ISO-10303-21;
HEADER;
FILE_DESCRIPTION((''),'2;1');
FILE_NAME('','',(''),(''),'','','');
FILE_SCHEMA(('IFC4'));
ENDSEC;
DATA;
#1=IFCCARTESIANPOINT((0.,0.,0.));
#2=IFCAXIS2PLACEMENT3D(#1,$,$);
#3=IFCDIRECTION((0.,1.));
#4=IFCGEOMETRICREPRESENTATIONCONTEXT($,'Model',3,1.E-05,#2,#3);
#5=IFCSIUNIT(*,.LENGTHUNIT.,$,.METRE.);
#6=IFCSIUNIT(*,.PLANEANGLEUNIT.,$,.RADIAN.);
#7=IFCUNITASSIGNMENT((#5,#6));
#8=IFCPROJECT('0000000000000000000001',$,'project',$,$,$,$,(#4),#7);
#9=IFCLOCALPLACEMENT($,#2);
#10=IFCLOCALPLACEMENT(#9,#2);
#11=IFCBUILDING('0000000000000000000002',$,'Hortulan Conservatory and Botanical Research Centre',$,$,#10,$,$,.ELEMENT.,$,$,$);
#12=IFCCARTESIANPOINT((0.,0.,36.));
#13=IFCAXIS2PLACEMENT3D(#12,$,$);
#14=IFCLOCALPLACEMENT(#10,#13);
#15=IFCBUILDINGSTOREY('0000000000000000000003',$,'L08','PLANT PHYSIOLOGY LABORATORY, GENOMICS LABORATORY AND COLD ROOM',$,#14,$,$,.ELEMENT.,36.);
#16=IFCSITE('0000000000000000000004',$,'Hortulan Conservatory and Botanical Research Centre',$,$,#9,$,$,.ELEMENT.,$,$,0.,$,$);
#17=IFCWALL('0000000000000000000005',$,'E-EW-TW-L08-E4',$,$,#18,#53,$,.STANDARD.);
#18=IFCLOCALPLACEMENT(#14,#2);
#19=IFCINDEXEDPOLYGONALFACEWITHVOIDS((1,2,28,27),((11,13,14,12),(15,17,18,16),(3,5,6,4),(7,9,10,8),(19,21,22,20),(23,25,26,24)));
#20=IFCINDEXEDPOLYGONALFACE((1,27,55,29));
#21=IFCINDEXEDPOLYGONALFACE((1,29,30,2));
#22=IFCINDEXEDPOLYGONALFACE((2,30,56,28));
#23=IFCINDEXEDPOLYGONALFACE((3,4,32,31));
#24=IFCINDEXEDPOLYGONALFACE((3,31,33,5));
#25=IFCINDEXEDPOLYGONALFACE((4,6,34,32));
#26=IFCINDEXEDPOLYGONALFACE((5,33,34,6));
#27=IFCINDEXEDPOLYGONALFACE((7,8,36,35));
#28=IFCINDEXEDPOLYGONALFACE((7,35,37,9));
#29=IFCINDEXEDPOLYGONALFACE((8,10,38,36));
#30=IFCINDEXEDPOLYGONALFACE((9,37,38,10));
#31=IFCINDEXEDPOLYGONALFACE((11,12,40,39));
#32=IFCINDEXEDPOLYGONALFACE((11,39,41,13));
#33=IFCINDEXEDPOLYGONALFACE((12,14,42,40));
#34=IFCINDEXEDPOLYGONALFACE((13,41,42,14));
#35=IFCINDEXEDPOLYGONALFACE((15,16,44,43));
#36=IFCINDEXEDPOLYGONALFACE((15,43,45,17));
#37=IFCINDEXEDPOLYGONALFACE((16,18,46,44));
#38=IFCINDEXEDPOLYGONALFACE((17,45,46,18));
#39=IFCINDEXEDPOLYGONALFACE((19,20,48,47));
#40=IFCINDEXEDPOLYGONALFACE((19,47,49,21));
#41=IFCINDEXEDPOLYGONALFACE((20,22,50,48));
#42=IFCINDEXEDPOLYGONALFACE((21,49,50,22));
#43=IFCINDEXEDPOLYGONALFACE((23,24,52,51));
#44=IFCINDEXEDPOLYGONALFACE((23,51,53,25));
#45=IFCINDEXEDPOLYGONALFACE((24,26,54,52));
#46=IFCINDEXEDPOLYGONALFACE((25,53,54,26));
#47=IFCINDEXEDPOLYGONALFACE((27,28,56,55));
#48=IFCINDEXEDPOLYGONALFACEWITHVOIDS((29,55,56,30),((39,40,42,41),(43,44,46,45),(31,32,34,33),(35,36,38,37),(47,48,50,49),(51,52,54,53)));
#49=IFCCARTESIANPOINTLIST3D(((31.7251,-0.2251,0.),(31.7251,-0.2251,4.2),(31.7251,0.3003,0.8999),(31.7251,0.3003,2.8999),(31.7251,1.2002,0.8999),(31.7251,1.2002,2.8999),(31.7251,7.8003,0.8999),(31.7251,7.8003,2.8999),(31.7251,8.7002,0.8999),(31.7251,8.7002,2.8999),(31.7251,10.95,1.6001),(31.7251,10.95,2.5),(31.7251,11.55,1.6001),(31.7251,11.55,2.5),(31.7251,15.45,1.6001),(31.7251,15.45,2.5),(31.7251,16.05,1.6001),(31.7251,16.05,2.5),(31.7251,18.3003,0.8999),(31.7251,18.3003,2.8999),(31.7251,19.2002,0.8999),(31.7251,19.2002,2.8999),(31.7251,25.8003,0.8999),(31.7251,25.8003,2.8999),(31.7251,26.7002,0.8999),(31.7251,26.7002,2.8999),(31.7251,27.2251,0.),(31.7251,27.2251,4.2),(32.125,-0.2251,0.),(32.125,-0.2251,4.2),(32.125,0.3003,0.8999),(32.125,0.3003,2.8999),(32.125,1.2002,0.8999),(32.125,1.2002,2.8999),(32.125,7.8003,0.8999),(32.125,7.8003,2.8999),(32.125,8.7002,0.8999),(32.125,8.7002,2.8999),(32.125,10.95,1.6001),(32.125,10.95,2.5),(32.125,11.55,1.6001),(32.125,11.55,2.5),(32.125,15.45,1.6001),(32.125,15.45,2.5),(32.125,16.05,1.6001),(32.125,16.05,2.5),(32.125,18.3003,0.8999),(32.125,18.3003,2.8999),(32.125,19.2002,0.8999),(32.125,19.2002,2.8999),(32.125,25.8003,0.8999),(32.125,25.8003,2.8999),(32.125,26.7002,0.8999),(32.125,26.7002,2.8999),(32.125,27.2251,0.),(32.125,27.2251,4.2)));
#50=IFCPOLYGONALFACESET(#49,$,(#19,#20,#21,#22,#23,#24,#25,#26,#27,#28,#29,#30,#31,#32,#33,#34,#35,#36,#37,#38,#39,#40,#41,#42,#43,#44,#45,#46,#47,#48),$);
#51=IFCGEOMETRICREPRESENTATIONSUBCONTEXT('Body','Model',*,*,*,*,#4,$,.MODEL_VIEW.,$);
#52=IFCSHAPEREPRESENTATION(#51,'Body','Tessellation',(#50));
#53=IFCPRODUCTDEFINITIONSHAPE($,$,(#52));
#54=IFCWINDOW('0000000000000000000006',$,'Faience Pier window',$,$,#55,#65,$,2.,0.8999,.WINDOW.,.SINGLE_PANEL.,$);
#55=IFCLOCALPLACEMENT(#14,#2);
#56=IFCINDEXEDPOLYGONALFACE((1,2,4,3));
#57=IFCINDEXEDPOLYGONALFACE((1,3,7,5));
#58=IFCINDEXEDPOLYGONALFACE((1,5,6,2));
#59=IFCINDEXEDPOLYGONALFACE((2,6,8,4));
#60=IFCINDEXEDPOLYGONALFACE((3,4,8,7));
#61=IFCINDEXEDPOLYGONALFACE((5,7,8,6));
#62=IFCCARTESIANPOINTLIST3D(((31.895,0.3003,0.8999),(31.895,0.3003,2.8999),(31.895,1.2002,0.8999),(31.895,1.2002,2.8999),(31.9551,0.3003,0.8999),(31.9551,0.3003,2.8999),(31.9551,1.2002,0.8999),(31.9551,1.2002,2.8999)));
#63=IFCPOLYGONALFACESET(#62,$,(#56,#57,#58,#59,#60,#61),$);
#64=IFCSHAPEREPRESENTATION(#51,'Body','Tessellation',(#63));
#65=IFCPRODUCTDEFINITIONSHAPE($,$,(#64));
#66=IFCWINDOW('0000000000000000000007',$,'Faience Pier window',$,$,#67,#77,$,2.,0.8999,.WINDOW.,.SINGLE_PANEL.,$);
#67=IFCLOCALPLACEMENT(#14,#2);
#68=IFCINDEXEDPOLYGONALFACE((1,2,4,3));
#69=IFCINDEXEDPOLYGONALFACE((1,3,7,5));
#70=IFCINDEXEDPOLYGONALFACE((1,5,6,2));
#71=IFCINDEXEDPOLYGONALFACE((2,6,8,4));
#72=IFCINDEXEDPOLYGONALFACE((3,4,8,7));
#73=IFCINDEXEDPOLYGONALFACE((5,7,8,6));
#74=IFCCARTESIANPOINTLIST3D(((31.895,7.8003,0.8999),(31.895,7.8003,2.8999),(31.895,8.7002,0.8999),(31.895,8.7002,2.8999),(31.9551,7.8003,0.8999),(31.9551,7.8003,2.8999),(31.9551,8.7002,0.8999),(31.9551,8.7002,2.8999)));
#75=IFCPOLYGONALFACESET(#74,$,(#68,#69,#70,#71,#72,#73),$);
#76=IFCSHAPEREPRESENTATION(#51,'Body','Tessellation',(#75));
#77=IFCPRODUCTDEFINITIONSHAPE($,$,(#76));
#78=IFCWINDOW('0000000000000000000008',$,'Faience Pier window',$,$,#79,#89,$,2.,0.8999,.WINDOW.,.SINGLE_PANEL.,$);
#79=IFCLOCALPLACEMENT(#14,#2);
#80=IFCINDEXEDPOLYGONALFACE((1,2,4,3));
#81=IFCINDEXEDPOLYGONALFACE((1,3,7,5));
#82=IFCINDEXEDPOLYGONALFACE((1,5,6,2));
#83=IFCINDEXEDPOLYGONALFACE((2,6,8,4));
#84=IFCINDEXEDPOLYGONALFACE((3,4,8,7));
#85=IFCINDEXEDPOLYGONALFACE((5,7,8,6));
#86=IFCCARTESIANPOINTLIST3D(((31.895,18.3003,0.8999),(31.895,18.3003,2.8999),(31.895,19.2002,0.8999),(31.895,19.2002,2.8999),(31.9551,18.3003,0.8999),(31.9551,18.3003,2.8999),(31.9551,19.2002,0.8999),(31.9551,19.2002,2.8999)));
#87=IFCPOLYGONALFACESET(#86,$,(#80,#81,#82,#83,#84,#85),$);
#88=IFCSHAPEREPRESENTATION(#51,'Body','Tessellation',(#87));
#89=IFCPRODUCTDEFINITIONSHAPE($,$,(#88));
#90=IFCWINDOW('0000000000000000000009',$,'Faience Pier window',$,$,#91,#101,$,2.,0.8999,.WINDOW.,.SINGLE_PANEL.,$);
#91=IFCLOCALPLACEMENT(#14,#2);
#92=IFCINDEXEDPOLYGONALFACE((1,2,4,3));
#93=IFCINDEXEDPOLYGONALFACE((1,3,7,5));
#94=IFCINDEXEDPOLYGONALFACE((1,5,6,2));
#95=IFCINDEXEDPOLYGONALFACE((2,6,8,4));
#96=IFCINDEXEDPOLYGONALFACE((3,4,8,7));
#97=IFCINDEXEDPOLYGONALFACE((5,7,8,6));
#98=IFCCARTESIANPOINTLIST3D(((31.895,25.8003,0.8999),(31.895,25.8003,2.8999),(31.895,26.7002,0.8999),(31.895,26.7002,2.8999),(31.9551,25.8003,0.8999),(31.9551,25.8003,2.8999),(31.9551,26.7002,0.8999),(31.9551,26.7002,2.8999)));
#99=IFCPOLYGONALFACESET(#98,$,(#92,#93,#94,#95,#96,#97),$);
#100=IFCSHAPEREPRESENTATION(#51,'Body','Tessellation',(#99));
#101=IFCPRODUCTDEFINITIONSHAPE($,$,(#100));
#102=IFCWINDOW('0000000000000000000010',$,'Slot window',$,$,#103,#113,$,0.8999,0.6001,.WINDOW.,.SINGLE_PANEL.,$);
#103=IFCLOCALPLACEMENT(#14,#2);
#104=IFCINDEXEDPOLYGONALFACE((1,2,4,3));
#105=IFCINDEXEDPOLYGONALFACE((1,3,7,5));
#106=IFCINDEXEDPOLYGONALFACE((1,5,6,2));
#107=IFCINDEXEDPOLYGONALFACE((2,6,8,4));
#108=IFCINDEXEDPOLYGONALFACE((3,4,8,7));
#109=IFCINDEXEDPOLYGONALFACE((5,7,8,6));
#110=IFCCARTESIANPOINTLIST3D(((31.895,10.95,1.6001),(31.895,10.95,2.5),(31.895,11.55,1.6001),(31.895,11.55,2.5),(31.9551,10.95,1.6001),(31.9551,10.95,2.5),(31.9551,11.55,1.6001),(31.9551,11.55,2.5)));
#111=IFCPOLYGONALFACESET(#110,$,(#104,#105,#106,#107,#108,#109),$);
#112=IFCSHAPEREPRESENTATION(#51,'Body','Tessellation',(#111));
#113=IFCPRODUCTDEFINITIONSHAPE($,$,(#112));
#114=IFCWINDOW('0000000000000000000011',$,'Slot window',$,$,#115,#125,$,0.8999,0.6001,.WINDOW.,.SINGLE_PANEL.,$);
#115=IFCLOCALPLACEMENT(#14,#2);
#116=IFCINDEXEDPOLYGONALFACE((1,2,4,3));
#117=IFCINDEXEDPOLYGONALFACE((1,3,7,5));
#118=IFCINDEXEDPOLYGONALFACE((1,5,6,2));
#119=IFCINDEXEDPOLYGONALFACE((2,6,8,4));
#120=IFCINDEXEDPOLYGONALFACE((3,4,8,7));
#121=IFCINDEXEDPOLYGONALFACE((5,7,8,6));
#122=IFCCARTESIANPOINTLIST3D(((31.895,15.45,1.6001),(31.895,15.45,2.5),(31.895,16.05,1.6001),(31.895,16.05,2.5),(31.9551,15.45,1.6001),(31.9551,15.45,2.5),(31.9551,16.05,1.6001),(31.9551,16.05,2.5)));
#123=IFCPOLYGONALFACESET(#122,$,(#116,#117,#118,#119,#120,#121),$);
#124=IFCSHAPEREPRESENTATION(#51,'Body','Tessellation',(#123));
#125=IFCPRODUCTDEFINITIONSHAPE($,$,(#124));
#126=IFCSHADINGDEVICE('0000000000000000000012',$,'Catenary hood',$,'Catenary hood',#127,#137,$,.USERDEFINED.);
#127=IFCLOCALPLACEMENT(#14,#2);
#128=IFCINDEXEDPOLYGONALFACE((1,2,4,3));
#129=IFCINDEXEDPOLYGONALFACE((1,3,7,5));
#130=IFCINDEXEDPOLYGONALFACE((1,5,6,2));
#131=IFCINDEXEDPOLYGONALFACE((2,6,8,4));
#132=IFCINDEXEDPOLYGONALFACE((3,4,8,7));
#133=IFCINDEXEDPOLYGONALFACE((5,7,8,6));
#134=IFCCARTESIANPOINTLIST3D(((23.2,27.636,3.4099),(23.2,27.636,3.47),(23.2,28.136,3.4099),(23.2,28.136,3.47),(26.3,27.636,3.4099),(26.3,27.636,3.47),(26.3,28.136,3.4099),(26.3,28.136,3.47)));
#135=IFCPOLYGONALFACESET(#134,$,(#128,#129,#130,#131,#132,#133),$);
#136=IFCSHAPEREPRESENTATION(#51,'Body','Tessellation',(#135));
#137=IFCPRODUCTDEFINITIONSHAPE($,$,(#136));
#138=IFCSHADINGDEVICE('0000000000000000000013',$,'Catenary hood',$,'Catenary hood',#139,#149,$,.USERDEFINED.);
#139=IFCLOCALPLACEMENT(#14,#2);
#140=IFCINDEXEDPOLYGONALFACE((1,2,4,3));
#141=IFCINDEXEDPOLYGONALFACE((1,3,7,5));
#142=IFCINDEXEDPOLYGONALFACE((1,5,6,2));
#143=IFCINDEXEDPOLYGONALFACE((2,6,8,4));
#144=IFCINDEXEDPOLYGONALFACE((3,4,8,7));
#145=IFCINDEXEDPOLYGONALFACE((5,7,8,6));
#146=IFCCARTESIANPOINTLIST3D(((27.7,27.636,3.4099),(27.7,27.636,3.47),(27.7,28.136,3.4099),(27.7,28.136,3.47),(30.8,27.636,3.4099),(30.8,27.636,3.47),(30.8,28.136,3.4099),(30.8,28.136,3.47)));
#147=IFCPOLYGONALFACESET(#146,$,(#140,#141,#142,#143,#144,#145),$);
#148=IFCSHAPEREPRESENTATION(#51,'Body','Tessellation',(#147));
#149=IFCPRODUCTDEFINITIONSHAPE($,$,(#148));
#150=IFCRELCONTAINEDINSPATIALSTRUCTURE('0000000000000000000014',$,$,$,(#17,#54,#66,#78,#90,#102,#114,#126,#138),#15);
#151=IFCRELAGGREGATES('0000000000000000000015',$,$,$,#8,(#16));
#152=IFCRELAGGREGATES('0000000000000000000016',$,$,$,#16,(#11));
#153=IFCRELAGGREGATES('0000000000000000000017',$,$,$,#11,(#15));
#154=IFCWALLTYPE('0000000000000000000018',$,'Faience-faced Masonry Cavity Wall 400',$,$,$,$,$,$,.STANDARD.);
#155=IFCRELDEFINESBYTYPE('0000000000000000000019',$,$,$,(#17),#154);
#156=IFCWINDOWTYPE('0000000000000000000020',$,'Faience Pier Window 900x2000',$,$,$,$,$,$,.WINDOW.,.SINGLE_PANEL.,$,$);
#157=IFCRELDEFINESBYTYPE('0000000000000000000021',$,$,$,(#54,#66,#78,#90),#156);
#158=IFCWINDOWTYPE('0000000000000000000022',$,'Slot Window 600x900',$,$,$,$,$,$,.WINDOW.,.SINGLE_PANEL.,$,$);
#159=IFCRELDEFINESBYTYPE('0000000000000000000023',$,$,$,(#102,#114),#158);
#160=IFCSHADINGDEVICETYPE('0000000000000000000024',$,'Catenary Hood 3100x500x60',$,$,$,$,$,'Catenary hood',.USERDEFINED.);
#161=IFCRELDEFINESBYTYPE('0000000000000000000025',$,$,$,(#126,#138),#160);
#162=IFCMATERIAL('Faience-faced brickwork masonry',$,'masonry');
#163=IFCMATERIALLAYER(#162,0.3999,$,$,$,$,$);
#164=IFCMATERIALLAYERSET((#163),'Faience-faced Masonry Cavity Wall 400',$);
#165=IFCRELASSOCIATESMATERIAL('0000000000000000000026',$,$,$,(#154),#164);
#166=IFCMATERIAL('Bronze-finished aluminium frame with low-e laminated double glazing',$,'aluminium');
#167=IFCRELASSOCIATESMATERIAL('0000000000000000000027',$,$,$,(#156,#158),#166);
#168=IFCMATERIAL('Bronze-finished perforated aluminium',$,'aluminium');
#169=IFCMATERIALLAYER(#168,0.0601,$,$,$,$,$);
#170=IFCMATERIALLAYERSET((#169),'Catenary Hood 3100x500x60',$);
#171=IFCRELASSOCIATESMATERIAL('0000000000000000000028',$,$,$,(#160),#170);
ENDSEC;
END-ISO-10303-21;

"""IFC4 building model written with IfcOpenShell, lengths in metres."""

from ifc_helpers import new_model, si_unit, direction, frame, frame_2d, origin, origin_2d, place, context, subcontext, project, spatial, rectangle, extrude, material, layer, layer_set, type_object, element, fill, save


model = new_model("IFC4")

# Units and contexts
model_context = context("Model", 3, precision=1e-05, world=origin(), true_north=direction((0.0, 1.0)))
body_context = subcontext(model_context, "Body", "Model", "MODEL_VIEW")
ifc_project = project(units=[si_unit("LENGTHUNIT", "METRE"), si_unit("PLANEANGLEUNIT", "RADIAN")], contexts=[model_context])

# Site, building, storey
site_placement = place(None, origin())
site = spatial("IfcSite", under=ifc_project, at=site_placement, Name="Hortulan Conservatory and Botanical Research Centre", CompositionType="ELEMENT", RefElevation=0.0)
building_placement = place(site_placement, origin())
building = spatial("IfcBuilding", under=site, at=building_placement, Name="Hortulan Conservatory and Botanical Research Centre", CompositionType="ELEMENT")
storey_placement = place(building_placement, frame((0.0, 0.0, 36.0)))
storey = spatial("IfcBuildingStorey", under=building, at=storey_placement, Name="L08", Description="PLANT PHYSIOLOGY LABORATORY, GENOMICS LABORATORY AND COLD ROOM", CompositionType="ELEMENT", Elevation=36.0)

# Wall, openings, windows
ifc_material_1 = material(Name="Faience-faced brickwork masonry", Category="masonry")
ifc_layer_1 = layer(ifc_material_1, 0.3999)
ifc_layer_set_1 = layer_set([ifc_layer_1], Name="Faience-faced Masonry Cavity Wall 400")
wall_type = type_object("IfcWallType", Name="Faience-faced Masonry Cavity Wall 400", PredefinedType="STANDARD", material=ifc_layer_set_1)
wall_placement = place(storey_placement, frame((31.925, 27.2251, 0.0), z_axis=(0.0, 0.0, 1.0), x_axis=(0.0, -1.0, 0.0)))
wall = element("IfcWall", 1, at=wall_placement, inside=storey, type_object=wall_type, Name="E-EW-TW-L08-E4", PredefinedType="STANDARD", context=body_context, shape_type="SweptSolid", body=[
    extrude(rectangle(XDim=27.4502, YDim=0.3999, at=frame_2d((13.7251, 0.0))), origin(), (0.0, 0.0, 1.0), 4.2),
])
opening_1_placement = place(wall_placement, frame((26.0249, 0.0, 0.8999)))
opening_1 = element("IfcOpeningElement", 2, at=opening_1_placement, cuts=wall, PredefinedType="OPENING", context=body_context, shape_type="SweptSolid", body=[
    extrude(rectangle(XDim=0.8999, YDim=2.0, at=frame_2d((0.45, 1.0))), frame((0.0, 0.21, 0.0), z_axis=(0.0, -1.0, 0.0), x_axis=(1.0, 0.0, 0.0)), (0.0, 0.0, 1.0), 0.4199),
])
opening_2_placement = place(wall_placement, frame((18.5249, 0.0, 0.8999)))
opening_2 = element("IfcOpeningElement", 3, at=opening_2_placement, cuts=wall, PredefinedType="OPENING", context=body_context, shape_type="SweptSolid", body=[
    extrude(rectangle(XDim=0.8999, YDim=2.0, at=frame_2d((0.45, 1.0))), frame((0.0, 0.21, 0.0), z_axis=(0.0, -1.0, 0.0), x_axis=(1.0, 0.0, 0.0)), (0.0, 0.0, 1.0), 0.4199),
])
opening_3_placement = place(wall_placement, frame((15.675, 0.0, 1.6001)))
opening_3 = element("IfcOpeningElement", 4, at=opening_3_placement, cuts=wall, PredefinedType="OPENING", context=body_context, shape_type="SweptSolid", body=[
    extrude(rectangle(XDim=0.6001, YDim=0.8999, at=frame_2d((0.3, 0.45))), frame((0.0, 0.21, 0.0), z_axis=(0.0, -1.0, 0.0), x_axis=(1.0, 0.0, 0.0)), (0.0, 0.0, 1.0), 0.4199),
])
opening_4_placement = place(wall_placement, frame((11.175, 0.0, 1.6001)))
opening_4 = element("IfcOpeningElement", 5, at=opening_4_placement, cuts=wall, PredefinedType="OPENING", context=body_context, shape_type="SweptSolid", body=[
    extrude(rectangle(XDim=0.6001, YDim=0.8999, at=frame_2d((0.3, 0.45))), frame((0.0, 0.21, 0.0), z_axis=(0.0, -1.0, 0.0), x_axis=(1.0, 0.0, 0.0)), (0.0, 0.0, 1.0), 0.4199),
])
opening_5_placement = place(wall_placement, frame((8.0249, 0.0, 0.8999)))
opening_5 = element("IfcOpeningElement", 6, at=opening_5_placement, cuts=wall, PredefinedType="OPENING", context=body_context, shape_type="SweptSolid", body=[
    extrude(rectangle(XDim=0.8999, YDim=2.0, at=frame_2d((0.45, 1.0))), frame((0.0, 0.21, 0.0), z_axis=(0.0, -1.0, 0.0), x_axis=(1.0, 0.0, 0.0)), (0.0, 0.0, 1.0), 0.4199),
])
opening_6_placement = place(wall_placement, frame((0.5249, 0.0, 0.8999)))
opening_6 = element("IfcOpeningElement", 7, at=opening_6_placement, cuts=wall, PredefinedType="OPENING", context=body_context, shape_type="SweptSolid", body=[
    extrude(rectangle(XDim=0.8999, YDim=2.0, at=frame_2d((0.45, 1.0))), frame((0.0, 0.21, 0.0), z_axis=(0.0, -1.0, 0.0), x_axis=(1.0, 0.0, 0.0)), (0.0, 0.0, 1.0), 0.4199),
])
ifc_material_2 = material(Name="Bronze-finished aluminium frame with low-e laminated double glazing", Category="aluminium")
window_type_1 = type_object("IfcWindowType", Name="Faience Pier Window 900x2000", PartitioningType="SINGLE_PANEL", PredefinedType="WINDOW", material=ifc_material_2)
window_1_placement = place(opening_1_placement, origin())
window_1 = element("IfcWindow", 8, at=window_1_placement, inside=storey, type_object=window_type_1, Name="Faience Pier window", OverallHeight=2.0, OverallWidth=0.8999, PartitioningType="SINGLE_PANEL", PredefinedType="WINDOW", context=body_context, shape_type="SweptSolid", body=[
    extrude(rectangle(XDim=0.8999, YDim=2.0, at=frame_2d((0.45, 1.0))), frame((0.0, 0.03, 0.0), z_axis=(0.0, -1.0, 0.0), x_axis=(1.0, 0.0, 0.0)), (0.0, 0.0, 1.0), 0.0601),
])
fill(opening_1, window_1)
window_2_placement = place(opening_2_placement, origin())
window_2 = element("IfcWindow", 9, at=window_2_placement, inside=storey, type_object=window_type_1, Name="Faience Pier window", OverallHeight=2.0, OverallWidth=0.8999, PartitioningType="SINGLE_PANEL", PredefinedType="WINDOW", context=body_context, shape_type="SweptSolid", body=[
    extrude(rectangle(XDim=0.8999, YDim=2.0, at=frame_2d((0.45, 1.0))), frame((0.0, 0.03, 0.0), z_axis=(0.0, -1.0, 0.0), x_axis=(1.0, 0.0, 0.0)), (0.0, 0.0, 1.0), 0.0601),
])
fill(opening_2, window_2)
window_3_placement = place(opening_5_placement, origin())
window_3 = element("IfcWindow", 10, at=window_3_placement, inside=storey, type_object=window_type_1, Name="Faience Pier window", OverallHeight=2.0, OverallWidth=0.8999, PartitioningType="SINGLE_PANEL", PredefinedType="WINDOW", context=body_context, shape_type="SweptSolid", body=[
    extrude(rectangle(XDim=0.8999, YDim=2.0, at=frame_2d((0.45, 1.0))), frame((0.0, 0.03, 0.0), z_axis=(0.0, -1.0, 0.0), x_axis=(1.0, 0.0, 0.0)), (0.0, 0.0, 1.0), 0.0601),
])
fill(opening_5, window_3)
window_4_placement = place(opening_6_placement, origin())
window_4 = element("IfcWindow", 11, at=window_4_placement, inside=storey, type_object=window_type_1, Name="Faience Pier window", OverallHeight=2.0, OverallWidth=0.8999, PartitioningType="SINGLE_PANEL", PredefinedType="WINDOW", context=body_context, shape_type="SweptSolid", body=[
    extrude(rectangle(XDim=0.8999, YDim=2.0, at=frame_2d((0.45, 1.0))), frame((0.0, 0.03, 0.0), z_axis=(0.0, -1.0, 0.0), x_axis=(1.0, 0.0, 0.0)), (0.0, 0.0, 1.0), 0.0601),
])
fill(opening_6, window_4)
window_type_2 = type_object("IfcWindowType", Name="Slot Window 600x900", PartitioningType="SINGLE_PANEL", PredefinedType="WINDOW", material=ifc_material_2)
window_5_placement = place(opening_3_placement, origin())
window_5 = element("IfcWindow", 12, at=window_5_placement, inside=storey, type_object=window_type_2, Name="Slot window", OverallHeight=0.8999, OverallWidth=0.6001, PartitioningType="SINGLE_PANEL", PredefinedType="WINDOW", context=body_context, shape_type="SweptSolid", body=[
    extrude(rectangle(XDim=0.6001, YDim=0.8999, at=frame_2d((0.3, 0.45))), frame((0.0, 0.03, 0.0), z_axis=(0.0, -1.0, 0.0), x_axis=(1.0, 0.0, 0.0)), (0.0, 0.0, 1.0), 0.0601),
])
fill(opening_3, window_5)
window_6_placement = place(opening_4_placement, origin())
window_6 = element("IfcWindow", 13, at=window_6_placement, inside=storey, type_object=window_type_2, Name="Slot window", OverallHeight=0.8999, OverallWidth=0.6001, PartitioningType="SINGLE_PANEL", PredefinedType="WINDOW", context=body_context, shape_type="SweptSolid", body=[
    extrude(rectangle(XDim=0.6001, YDim=0.8999, at=frame_2d((0.3, 0.45))), frame((0.0, 0.03, 0.0), z_axis=(0.0, -1.0, 0.0), x_axis=(1.0, 0.0, 0.0)), (0.0, 0.0, 1.0), 0.0601),
])
fill(opening_4, window_6)

# Shading devices
ifc_material_3 = material(Name="Bronze-finished perforated aluminium", Category="aluminium")
ifc_layer_2 = layer(ifc_material_3, 0.0601)
ifc_layer_set_2 = layer_set([ifc_layer_2], Name="Catenary Hood 3100x500x60")
shading_device_type = type_object("IfcShadingDeviceType", Name="Catenary Hood 3100x500x60", ElementType="Catenary hood", PredefinedType="USERDEFINED", material=ifc_layer_set_2)
for number, where, z_axis, x_axis, name in (
    (14, (24.75, 27.886, 3.4099), (0.0, 0.0, 1.0), (1.0, 0.0, 0.0), "Catenary hood"),
    (15, (29.25, 27.886, 3.4099), (0.0, 0.0, 1.0), (1.0, 0.0, 0.0), "Catenary hood"),
):
    element("IfcShadingDevice", number, at=place(storey_placement, frame(where, z_axis=z_axis, x_axis=x_axis)), inside=storey, type_object=shading_device_type, Name=name, ObjectType="Catenary hood", PredefinedType="USERDEFINED", context=body_context, shape_type="SweptSolid", body=[
        extrude(rectangle(XDim=3.1001, YDim=0.5, at=origin_2d()), origin(), (0.0, 0.0, 1.0), 0.0601),
    ])

save(model, "model.ifc")
